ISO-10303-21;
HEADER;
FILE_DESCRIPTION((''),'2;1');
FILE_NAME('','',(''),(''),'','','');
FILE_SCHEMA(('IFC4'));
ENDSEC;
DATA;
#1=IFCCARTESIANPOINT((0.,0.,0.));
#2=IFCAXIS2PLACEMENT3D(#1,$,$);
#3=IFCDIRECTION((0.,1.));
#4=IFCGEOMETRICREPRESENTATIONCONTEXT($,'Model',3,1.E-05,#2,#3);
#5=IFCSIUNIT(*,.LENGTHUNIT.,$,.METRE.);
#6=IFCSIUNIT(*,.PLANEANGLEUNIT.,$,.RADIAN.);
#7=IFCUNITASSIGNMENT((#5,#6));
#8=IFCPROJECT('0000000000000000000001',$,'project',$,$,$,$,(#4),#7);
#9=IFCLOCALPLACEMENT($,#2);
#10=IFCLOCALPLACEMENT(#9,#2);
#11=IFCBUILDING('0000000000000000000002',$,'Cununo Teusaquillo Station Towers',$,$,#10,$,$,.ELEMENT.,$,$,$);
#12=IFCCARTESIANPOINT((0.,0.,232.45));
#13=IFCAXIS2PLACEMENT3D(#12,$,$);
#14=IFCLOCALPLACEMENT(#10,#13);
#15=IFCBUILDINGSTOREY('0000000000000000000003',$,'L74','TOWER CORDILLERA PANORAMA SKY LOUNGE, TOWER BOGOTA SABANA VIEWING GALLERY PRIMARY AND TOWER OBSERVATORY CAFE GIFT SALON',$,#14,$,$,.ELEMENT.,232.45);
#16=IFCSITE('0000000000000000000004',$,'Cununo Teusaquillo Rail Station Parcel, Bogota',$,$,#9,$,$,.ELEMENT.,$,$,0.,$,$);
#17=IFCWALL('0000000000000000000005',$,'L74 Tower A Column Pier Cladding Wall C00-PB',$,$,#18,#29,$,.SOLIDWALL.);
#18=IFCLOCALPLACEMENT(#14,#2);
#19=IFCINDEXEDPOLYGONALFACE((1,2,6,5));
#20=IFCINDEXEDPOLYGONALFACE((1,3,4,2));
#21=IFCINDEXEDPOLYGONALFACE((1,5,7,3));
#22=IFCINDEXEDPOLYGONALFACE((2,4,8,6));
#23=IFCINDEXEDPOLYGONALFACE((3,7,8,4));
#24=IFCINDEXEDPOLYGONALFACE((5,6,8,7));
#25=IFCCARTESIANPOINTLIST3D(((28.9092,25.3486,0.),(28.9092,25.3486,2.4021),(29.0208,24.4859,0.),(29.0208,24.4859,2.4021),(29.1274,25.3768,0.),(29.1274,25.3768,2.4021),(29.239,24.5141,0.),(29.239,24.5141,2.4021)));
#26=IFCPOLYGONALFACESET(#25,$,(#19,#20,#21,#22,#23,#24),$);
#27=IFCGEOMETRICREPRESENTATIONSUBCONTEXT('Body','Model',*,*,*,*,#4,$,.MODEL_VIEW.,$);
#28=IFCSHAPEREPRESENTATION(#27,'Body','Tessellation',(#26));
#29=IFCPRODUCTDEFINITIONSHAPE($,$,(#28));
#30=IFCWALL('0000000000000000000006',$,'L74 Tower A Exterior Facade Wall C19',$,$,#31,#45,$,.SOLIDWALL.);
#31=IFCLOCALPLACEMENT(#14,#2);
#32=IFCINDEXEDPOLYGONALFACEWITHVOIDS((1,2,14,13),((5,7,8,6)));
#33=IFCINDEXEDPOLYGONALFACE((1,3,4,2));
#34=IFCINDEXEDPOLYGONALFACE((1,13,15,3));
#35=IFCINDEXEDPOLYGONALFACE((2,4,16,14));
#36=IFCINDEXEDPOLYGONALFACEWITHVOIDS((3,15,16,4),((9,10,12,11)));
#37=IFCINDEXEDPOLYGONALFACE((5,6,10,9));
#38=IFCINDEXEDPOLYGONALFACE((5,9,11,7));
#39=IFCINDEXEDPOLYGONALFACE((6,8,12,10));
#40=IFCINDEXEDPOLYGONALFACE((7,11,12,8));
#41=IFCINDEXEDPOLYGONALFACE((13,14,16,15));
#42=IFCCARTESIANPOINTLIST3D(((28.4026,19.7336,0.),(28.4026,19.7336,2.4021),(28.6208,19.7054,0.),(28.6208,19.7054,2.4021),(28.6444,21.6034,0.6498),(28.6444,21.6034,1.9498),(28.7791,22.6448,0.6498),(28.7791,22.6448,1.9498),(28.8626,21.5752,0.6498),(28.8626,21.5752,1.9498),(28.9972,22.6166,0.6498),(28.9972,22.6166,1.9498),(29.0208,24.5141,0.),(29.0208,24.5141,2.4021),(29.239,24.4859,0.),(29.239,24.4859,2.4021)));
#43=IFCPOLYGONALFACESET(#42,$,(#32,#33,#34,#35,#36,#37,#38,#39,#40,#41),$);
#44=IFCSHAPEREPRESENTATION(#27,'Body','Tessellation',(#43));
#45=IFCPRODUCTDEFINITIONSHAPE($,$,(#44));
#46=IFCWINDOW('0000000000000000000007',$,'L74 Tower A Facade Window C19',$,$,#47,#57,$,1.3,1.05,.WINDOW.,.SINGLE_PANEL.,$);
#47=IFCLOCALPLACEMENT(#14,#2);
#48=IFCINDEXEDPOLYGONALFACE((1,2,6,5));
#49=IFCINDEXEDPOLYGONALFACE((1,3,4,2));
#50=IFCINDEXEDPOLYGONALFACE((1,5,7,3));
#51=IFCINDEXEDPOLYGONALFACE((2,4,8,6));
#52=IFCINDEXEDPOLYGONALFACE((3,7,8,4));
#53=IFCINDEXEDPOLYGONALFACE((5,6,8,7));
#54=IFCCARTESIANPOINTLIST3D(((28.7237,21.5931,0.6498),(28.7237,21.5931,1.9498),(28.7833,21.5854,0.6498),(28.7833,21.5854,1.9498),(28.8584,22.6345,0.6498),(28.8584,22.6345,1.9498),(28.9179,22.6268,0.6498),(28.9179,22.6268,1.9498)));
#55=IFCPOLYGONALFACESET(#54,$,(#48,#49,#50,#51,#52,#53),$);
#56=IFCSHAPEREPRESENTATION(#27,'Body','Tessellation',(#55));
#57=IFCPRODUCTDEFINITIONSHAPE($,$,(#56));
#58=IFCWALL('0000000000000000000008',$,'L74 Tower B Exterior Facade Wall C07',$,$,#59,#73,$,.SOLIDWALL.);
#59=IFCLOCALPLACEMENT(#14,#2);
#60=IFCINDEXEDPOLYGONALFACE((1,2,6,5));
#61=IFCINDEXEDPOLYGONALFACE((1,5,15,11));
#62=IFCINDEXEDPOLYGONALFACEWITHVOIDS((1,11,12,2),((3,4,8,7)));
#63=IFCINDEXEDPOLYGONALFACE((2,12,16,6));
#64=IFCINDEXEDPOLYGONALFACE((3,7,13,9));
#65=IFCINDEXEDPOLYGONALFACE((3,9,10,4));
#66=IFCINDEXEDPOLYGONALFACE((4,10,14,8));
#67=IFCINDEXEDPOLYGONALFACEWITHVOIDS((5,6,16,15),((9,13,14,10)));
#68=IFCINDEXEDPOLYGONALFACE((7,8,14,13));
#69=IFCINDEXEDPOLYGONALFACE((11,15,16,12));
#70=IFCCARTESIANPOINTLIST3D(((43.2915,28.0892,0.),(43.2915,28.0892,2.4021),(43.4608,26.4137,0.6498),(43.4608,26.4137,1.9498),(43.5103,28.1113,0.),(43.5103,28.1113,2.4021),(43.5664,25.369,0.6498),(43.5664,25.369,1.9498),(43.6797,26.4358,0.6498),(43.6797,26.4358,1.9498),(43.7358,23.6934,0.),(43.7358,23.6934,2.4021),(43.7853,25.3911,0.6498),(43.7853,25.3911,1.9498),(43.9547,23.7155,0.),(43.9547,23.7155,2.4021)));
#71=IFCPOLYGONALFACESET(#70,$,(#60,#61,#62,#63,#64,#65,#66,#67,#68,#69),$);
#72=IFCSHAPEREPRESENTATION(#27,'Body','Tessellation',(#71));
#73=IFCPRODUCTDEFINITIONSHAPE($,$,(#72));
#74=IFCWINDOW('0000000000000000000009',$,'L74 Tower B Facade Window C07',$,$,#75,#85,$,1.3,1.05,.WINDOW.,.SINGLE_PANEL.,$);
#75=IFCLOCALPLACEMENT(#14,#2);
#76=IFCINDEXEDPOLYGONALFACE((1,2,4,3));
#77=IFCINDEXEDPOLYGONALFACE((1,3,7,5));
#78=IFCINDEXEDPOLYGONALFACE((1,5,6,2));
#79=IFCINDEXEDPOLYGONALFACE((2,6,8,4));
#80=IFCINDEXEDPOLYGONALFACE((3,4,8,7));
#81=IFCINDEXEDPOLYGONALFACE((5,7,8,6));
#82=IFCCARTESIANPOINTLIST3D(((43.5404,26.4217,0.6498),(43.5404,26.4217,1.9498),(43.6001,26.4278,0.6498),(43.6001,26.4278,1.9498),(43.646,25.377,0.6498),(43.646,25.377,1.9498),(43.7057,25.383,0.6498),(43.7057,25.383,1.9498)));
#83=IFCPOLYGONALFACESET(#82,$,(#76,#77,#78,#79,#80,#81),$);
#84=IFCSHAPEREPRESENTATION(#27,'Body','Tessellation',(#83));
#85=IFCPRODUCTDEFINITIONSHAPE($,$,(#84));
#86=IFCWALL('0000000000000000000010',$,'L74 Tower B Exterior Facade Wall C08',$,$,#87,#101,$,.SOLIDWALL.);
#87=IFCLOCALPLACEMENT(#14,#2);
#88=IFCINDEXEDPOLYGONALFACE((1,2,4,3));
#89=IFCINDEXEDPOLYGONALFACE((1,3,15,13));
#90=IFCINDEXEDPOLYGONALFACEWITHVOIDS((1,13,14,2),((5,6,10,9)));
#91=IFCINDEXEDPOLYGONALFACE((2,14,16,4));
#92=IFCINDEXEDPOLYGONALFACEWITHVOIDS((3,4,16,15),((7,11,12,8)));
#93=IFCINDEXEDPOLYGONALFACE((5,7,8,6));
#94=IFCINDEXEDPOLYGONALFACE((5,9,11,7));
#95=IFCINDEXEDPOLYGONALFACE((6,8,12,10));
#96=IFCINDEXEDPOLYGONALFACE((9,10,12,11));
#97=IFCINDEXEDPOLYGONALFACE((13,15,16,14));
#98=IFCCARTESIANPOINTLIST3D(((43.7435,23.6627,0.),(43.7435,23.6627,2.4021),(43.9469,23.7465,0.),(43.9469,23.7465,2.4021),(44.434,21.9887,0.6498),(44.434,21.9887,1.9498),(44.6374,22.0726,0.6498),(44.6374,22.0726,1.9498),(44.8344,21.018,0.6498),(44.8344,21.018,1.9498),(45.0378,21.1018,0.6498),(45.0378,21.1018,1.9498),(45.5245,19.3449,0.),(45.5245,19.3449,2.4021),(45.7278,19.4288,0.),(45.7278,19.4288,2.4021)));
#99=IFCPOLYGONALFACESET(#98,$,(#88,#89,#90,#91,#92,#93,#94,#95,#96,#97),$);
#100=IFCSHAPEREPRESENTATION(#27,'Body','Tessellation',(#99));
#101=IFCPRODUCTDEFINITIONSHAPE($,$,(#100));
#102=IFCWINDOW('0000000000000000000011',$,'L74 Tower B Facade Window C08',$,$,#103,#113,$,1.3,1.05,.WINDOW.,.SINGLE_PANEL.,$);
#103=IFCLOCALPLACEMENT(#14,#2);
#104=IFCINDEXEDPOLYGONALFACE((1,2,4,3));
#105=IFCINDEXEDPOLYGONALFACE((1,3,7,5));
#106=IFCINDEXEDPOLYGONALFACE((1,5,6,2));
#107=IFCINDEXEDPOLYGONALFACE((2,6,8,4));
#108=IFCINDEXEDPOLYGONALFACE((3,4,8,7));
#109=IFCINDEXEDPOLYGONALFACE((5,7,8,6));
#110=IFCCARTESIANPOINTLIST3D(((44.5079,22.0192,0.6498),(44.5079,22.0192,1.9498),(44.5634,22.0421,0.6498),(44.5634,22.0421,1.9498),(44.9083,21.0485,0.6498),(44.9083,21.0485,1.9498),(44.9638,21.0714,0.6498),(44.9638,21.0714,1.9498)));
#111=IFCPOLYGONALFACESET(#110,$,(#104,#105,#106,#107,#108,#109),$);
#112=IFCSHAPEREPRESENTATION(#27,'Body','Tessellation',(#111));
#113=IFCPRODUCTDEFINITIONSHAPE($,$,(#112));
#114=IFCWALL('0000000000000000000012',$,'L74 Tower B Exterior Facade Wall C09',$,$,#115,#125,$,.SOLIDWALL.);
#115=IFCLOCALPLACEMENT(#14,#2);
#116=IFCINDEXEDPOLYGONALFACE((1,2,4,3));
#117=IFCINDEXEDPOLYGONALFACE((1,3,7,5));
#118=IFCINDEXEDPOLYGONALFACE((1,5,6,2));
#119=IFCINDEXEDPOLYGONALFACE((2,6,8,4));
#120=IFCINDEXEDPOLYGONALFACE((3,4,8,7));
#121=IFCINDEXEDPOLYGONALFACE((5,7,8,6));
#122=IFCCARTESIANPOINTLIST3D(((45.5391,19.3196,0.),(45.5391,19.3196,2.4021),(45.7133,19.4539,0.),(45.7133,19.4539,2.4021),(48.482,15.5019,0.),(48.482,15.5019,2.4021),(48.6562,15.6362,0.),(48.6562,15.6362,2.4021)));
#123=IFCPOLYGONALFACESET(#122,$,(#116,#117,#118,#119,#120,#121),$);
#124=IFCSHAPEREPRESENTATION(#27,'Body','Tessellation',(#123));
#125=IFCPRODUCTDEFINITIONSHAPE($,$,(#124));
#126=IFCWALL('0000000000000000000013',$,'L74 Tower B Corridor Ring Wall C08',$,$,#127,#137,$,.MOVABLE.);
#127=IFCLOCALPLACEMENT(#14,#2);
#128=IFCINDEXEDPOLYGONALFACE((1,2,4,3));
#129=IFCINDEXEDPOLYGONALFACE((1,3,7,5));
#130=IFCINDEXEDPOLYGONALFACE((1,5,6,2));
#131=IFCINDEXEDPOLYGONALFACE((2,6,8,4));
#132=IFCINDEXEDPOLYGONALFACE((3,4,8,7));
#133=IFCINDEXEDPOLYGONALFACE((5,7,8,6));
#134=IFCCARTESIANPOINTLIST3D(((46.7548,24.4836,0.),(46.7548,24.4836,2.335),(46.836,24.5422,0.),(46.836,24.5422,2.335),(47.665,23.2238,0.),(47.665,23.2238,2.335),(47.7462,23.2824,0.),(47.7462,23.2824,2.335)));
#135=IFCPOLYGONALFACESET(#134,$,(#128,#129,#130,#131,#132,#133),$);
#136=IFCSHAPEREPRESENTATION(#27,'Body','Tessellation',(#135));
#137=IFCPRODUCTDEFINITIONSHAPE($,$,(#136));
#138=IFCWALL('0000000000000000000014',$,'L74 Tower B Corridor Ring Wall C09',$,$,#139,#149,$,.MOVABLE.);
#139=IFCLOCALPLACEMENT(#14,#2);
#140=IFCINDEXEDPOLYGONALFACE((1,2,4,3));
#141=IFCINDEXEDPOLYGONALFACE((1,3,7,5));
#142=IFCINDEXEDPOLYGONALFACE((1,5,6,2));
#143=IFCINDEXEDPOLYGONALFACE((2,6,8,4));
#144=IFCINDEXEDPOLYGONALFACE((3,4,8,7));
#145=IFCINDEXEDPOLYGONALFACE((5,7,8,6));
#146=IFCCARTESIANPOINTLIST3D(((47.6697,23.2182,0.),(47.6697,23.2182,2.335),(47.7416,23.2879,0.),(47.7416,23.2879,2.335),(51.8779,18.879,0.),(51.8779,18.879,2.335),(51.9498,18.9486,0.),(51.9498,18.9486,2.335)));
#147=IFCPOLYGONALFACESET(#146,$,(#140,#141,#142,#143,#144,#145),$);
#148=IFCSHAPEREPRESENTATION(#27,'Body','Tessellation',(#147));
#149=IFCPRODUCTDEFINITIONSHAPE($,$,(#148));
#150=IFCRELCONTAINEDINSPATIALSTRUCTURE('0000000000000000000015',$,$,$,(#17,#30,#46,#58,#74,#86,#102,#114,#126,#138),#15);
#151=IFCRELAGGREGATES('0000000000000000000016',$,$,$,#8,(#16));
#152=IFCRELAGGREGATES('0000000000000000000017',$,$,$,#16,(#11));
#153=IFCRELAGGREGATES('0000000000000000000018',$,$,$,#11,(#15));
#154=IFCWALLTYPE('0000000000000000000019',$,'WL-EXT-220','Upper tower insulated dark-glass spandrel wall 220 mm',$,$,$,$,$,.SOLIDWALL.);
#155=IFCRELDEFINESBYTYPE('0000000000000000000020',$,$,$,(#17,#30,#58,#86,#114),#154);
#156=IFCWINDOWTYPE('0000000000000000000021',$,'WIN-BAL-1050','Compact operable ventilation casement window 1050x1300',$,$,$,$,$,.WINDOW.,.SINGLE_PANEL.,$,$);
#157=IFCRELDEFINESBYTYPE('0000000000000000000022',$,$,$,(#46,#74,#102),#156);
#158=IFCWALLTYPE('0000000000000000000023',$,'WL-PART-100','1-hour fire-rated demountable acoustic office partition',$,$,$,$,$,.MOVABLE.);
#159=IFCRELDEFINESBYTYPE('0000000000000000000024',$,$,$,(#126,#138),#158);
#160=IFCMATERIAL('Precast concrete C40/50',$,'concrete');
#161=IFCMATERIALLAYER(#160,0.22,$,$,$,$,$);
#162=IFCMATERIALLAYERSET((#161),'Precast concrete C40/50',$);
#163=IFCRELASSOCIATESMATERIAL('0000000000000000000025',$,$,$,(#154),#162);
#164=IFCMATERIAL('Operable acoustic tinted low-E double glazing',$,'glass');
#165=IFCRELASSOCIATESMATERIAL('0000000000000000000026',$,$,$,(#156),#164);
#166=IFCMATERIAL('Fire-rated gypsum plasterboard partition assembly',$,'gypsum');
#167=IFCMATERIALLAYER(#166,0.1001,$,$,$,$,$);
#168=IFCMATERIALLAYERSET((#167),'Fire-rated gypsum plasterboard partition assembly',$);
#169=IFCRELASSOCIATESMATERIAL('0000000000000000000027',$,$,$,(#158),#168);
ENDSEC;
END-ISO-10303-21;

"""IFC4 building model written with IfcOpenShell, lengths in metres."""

from ifc_helpers import new_model, si_unit, direction, frame, frame_2d, origin, place, context, subcontext, project, spatial, rectangle, extrude, source, transform, mapped, material, layer, layer_set, type_object, element, fill, save


model = new_model("IFC4")

# Units and contexts
model_context = context("Model", 3, precision=1e-05, world=origin(), true_north=direction((0.0, 1.0)))
body_context = subcontext(model_context, "Body", "Model", "MODEL_VIEW")
ifc_project = project(units=[si_unit("LENGTHUNIT", "METRE"), si_unit("PLANEANGLEUNIT", "RADIAN")], contexts=[model_context])

# Site, building, storey
site_placement = place(None, origin())
site = spatial("IfcSite", under=ifc_project, at=site_placement, Name="Cununo Teusaquillo Rail Station Parcel, Bogota", CompositionType="ELEMENT", RefElevation=0.0)
building_placement = place(site_placement, origin())
building = spatial("IfcBuilding", under=site, at=building_placement, Name="Cununo Teusaquillo Station Towers", CompositionType="ELEMENT")
storey_placement = place(building_placement, frame((0.0, 0.0, 232.45)))
storey = spatial("IfcBuildingStorey", under=building, at=storey_placement, Name="L74", Description="TOWER CORDILLERA PANORAMA SKY LOUNGE, TOWER BOGOTA SABANA VIEWING GALLERY PRIMARY AND TOWER OBSERVATORY CAFE GIFT SALON", CompositionType="ELEMENT", Elevation=232.45)

# Wall
ifc_material_1 = material(Name="Precast concrete C40/50", Category="concrete")
ifc_layer_1 = layer(ifc_material_1, 0.22)
ifc_layer_set_1 = layer_set([ifc_layer_1], Name="Precast concrete C40/50")
wall_type_1 = type_object("IfcWallType", Name="WL-EXT-220", Description="Upper tower insulated dark-glass spandrel wall 220 mm", PredefinedType="SOLIDWALL", material=ifc_layer_set_1)
wall_1_placement = place(storey_placement, frame((29.0183, 25.3628, 0.0), z_axis=(0.0, 0.0, 1.0), x_axis=(0.128247, -0.991742, 0.0)))
element("IfcWall", 1, at=wall_1_placement, inside=storey, type_object=wall_type_1, Name="L74 Tower A Column Pier Cladding Wall C00-PB", PredefinedType="SOLIDWALL", context=body_context, shape_type="SweptSolid", body=[
    extrude(rectangle(XDim=0.8699, YDim=0.22, at=frame_2d((0.4351, 0.0))), origin(), (0.0, 0.0, 1.0), 2.4021),
])

# Walls, openings, windows
wall_2_placement = place(storey_placement, frame((29.1299, 24.5, 0.0), z_axis=(0.0, 0.0, 1.0), x_axis=(-0.128241, -0.991743, 0.0)))
wall_2 = element("IfcWall", 2, at=wall_2_placement, inside=storey, type_object=wall_type_1, Name="L74 Tower A Exterior Facade Wall C19", PredefinedType="SOLIDWALL", context=body_context, shape_type="SweptSolid", body=[
    extrude(rectangle(XDim=4.8203, YDim=0.22, at=frame_2d((2.4102, 0.0))), origin(), (0.0, 0.0, 1.0), 2.4021),
])
shared_shape_1 = source(origin(), body_context, "Body", "SweptSolid", [
    extrude(rectangle(XDim=1.05, YDim=1.3, at=frame_2d((0.5249, 0.6499))), frame((0.0, 0.1199, 0.0), z_axis=(0.0, -1.0, 0.0), x_axis=(1.0, 0.0, 0.0)), (0.0, 0.0, 1.0), 0.24),
])
opening_1_placement = place(wall_2_placement, frame((1.885, 0.0, 0.6499)))
opening_1 = element("IfcOpeningElement", 3, at=opening_1_placement, cuts=wall_2, PredefinedType="OPENING", context=body_context, shape_type="MappedRepresentation", body=[
    mapped(shared_shape_1, transform((0.0, 0.0, 0.0), x_axis=(1.0, 0.0, 0.0), y_axis=(0.0, 1.0, 0.0), z_axis=(0.0, 0.0, 1.0), scale=1.0)),
])
ifc_material_2 = material(Name="Operable acoustic tinted low-E double glazing", Category="glass")
window_type = type_object("IfcWindowType", Name="WIN-BAL-1050", Description="Compact operable ventilation casement window 1050x1300", PartitioningType="SINGLE_PANEL", PredefinedType="WINDOW", material=ifc_material_2)
shared_shape_2 = source(origin(), body_context, "Body", "SweptSolid", [
    extrude(rectangle(XDim=1.05, YDim=1.3, at=frame_2d((0.5249, 0.6499))), frame((0.0, 0.03, 0.0), z_axis=(0.0, -1.0, 0.0), x_axis=(1.0, 0.0, 0.0)), (0.0, 0.0, 1.0), 0.0601),
])
window_1_placement = place(opening_1_placement, origin())
window_1 = element("IfcWindow", 4, at=window_1_placement, inside=storey, type_object=window_type, Name="L74 Tower A Facade Window C19", OverallHeight=1.3, OverallWidth=1.05, PartitioningType="SINGLE_PANEL", PredefinedType="WINDOW", context=body_context, shape_type="MappedRepresentation", body=[
    mapped(shared_shape_2, transform((0.0, 0.0, 0.0), x_axis=(1.0, 0.0, 0.0), y_axis=(0.0, 1.0, 0.0), z_axis=(0.0, 0.0, 1.0), scale=1.0)),
])
fill(opening_1, window_1)
wall_3_placement = place(storey_placement, frame((43.8452, 23.7046, 0.0), z_axis=(0.0, 0.0, 1.0), x_axis=(-0.100571, 0.99493, 0.0)))
wall_3 = element("IfcWall", 5, at=wall_3_placement, inside=storey, type_object=wall_type_1, Name="L74 Tower B Exterior Facade Wall C07", PredefinedType="SOLIDWALL", context=body_context, shape_type="SweptSolid", body=[
    extrude(rectangle(XDim=4.4182, YDim=0.22, at=frame_2d((2.209, 0.0))), origin(), (0.0, 0.0, 1.0), 2.4021),
])
opening_2_placement = place(wall_3_placement, frame((1.6841, 0.0, 0.6499)))
opening_2 = element("IfcOpeningElement", 6, at=opening_2_placement, cuts=wall_3, PredefinedType="OPENING", context=body_context, shape_type="MappedRepresentation", body=[
    mapped(shared_shape_1, transform((0.0, 0.0, 0.0), x_axis=(1.0, 0.0, 0.0), y_axis=(0.0, 1.0, 0.0), z_axis=(0.0, 0.0, 1.0), scale=1.0)),
])
window_2_placement = place(opening_2_placement, origin())
window_2 = element("IfcWindow", 7, at=window_2_placement, inside=storey, type_object=window_type, Name="L74 Tower B Facade Window C07", OverallHeight=1.3, OverallWidth=1.05, PartitioningType="SINGLE_PANEL", PredefinedType="WINDOW", context=body_context, shape_type="MappedRepresentation", body=[
    mapped(shared_shape_2, transform((0.0, 0.0, 0.0), x_axis=(1.0, 0.0, 0.0), y_axis=(0.0, 1.0, 0.0), z_axis=(0.0, 0.0, 1.0), scale=1.0)),
])
fill(opening_2, window_2)
wall_4_placement = place(storey_placement, frame((45.6262, 19.3867, 0.0), z_axis=(0.0, 0.0, 1.0), x_axis=(-0.38131, 0.924447, 0.0)))
wall_4 = element("IfcWall", 8, at=wall_4_placement, inside=storey, type_object=wall_type_1, Name="L74 Tower B Exterior Facade Wall C08", PredefinedType="SOLIDWALL", context=body_context, shape_type="SweptSolid", body=[
    extrude(rectangle(XDim=4.6707, YDim=0.22, at=frame_2d((2.3354, 0.0))), origin(), (0.0, 0.0, 1.0), 2.4021),
])
opening_3_placement = place(wall_4_placement, frame((1.8101, 0.0, 0.6499)))
opening_3 = element("IfcOpeningElement", 9, at=opening_3_placement, cuts=wall_4, PredefinedType="OPENING", context=body_context, shape_type="MappedRepresentation", body=[
    mapped(shared_shape_1, transform((0.0, 0.0, 0.0), x_axis=(1.0, 0.0, 0.0), y_axis=(0.0, 1.0, 0.0), z_axis=(0.0, 0.0, 1.0), scale=1.0)),
])
window_3_placement = place(opening_3_placement, origin())
window_3 = element("IfcWindow", 10, at=window_3_placement, inside=storey, type_object=window_type, Name="L74 Tower B Facade Window C08", OverallHeight=1.3, OverallWidth=1.05, PartitioningType="SINGLE_PANEL", PredefinedType="WINDOW", context=body_context, shape_type="MappedRepresentation", body=[
    mapped(shared_shape_2, transform((0.0, 0.0, 0.0), x_axis=(1.0, 0.0, 0.0), y_axis=(0.0, 1.0, 0.0), z_axis=(0.0, 0.0, 1.0), scale=1.0)),
])
fill(opening_3, window_3)

# Walls
wall_5_placement = place(storey_placement, frame((48.5691, 15.5691, 0.0), z_axis=(0.0, 0.0, 1.0), x_axis=(-0.610523, 0.791998, 0.0)))
element("IfcWall", 11, at=wall_5_placement, inside=storey, type_object=wall_type_1, Name="L74 Tower B Exterior Facade Wall C09", PredefinedType="SOLIDWALL", context=body_context, shape_type="SweptSolid", body=[
    extrude(rectangle(XDim=4.8203, YDim=0.22, at=frame_2d((2.4102, 0.0))), origin(), (0.0, 0.0, 1.0), 2.4021),
])
ifc_material_3 = material(Name="Fire-rated gypsum plasterboard partition assembly", Category="gypsum")
ifc_layer_2 = layer(ifc_material_3, 0.1001)
ifc_layer_set_2 = layer_set([ifc_layer_2], Name="Fire-rated gypsum plasterboard partition assembly")
wall_type_2 = type_object("IfcWallType", Name="WL-PART-100", Description="1-hour fire-rated demountable acoustic office partition", PredefinedType="MOVABLE", material=ifc_layer_set_2)
wall_6_placement = place(storey_placement, frame((46.7954, 24.5129, 0.0), z_axis=(0.0, 0.0, 1.0), x_axis=(0.585628, -0.81058, 0.0)))
element("IfcWall", 12, at=wall_6_placement, inside=storey, type_object=wall_type_2, Name="L74 Tower B Corridor Ring Wall C08", PredefinedType="MOVABLE", context=body_context, shape_type="SweptSolid", body=[
    extrude(rectangle(XDim=1.5542, YDim=0.1001, at=frame_2d((0.7771, 0.0))), origin(), (0.0, 0.0, 1.0), 2.335),
])
wall_7_placement = place(storey_placement, frame((47.7056, 23.2532, 0.0), z_axis=(0.0, 0.0, 1.0), x_axis=(0.696179, -0.717868, 0.0)))
element("IfcWall", 13, at=wall_7_placement, inside=storey, type_object=wall_type_2, Name="L74 Tower B Corridor Ring Wall C09", PredefinedType="MOVABLE", context=body_context, shape_type="SweptSolid", body=[
    extrude(rectangle(XDim=6.0447, YDim=0.1001, at=frame_2d((3.0225, 0.0))), origin(), (0.0, 0.0, 1.0), 2.335),
])

save(model, "model.ifc")
